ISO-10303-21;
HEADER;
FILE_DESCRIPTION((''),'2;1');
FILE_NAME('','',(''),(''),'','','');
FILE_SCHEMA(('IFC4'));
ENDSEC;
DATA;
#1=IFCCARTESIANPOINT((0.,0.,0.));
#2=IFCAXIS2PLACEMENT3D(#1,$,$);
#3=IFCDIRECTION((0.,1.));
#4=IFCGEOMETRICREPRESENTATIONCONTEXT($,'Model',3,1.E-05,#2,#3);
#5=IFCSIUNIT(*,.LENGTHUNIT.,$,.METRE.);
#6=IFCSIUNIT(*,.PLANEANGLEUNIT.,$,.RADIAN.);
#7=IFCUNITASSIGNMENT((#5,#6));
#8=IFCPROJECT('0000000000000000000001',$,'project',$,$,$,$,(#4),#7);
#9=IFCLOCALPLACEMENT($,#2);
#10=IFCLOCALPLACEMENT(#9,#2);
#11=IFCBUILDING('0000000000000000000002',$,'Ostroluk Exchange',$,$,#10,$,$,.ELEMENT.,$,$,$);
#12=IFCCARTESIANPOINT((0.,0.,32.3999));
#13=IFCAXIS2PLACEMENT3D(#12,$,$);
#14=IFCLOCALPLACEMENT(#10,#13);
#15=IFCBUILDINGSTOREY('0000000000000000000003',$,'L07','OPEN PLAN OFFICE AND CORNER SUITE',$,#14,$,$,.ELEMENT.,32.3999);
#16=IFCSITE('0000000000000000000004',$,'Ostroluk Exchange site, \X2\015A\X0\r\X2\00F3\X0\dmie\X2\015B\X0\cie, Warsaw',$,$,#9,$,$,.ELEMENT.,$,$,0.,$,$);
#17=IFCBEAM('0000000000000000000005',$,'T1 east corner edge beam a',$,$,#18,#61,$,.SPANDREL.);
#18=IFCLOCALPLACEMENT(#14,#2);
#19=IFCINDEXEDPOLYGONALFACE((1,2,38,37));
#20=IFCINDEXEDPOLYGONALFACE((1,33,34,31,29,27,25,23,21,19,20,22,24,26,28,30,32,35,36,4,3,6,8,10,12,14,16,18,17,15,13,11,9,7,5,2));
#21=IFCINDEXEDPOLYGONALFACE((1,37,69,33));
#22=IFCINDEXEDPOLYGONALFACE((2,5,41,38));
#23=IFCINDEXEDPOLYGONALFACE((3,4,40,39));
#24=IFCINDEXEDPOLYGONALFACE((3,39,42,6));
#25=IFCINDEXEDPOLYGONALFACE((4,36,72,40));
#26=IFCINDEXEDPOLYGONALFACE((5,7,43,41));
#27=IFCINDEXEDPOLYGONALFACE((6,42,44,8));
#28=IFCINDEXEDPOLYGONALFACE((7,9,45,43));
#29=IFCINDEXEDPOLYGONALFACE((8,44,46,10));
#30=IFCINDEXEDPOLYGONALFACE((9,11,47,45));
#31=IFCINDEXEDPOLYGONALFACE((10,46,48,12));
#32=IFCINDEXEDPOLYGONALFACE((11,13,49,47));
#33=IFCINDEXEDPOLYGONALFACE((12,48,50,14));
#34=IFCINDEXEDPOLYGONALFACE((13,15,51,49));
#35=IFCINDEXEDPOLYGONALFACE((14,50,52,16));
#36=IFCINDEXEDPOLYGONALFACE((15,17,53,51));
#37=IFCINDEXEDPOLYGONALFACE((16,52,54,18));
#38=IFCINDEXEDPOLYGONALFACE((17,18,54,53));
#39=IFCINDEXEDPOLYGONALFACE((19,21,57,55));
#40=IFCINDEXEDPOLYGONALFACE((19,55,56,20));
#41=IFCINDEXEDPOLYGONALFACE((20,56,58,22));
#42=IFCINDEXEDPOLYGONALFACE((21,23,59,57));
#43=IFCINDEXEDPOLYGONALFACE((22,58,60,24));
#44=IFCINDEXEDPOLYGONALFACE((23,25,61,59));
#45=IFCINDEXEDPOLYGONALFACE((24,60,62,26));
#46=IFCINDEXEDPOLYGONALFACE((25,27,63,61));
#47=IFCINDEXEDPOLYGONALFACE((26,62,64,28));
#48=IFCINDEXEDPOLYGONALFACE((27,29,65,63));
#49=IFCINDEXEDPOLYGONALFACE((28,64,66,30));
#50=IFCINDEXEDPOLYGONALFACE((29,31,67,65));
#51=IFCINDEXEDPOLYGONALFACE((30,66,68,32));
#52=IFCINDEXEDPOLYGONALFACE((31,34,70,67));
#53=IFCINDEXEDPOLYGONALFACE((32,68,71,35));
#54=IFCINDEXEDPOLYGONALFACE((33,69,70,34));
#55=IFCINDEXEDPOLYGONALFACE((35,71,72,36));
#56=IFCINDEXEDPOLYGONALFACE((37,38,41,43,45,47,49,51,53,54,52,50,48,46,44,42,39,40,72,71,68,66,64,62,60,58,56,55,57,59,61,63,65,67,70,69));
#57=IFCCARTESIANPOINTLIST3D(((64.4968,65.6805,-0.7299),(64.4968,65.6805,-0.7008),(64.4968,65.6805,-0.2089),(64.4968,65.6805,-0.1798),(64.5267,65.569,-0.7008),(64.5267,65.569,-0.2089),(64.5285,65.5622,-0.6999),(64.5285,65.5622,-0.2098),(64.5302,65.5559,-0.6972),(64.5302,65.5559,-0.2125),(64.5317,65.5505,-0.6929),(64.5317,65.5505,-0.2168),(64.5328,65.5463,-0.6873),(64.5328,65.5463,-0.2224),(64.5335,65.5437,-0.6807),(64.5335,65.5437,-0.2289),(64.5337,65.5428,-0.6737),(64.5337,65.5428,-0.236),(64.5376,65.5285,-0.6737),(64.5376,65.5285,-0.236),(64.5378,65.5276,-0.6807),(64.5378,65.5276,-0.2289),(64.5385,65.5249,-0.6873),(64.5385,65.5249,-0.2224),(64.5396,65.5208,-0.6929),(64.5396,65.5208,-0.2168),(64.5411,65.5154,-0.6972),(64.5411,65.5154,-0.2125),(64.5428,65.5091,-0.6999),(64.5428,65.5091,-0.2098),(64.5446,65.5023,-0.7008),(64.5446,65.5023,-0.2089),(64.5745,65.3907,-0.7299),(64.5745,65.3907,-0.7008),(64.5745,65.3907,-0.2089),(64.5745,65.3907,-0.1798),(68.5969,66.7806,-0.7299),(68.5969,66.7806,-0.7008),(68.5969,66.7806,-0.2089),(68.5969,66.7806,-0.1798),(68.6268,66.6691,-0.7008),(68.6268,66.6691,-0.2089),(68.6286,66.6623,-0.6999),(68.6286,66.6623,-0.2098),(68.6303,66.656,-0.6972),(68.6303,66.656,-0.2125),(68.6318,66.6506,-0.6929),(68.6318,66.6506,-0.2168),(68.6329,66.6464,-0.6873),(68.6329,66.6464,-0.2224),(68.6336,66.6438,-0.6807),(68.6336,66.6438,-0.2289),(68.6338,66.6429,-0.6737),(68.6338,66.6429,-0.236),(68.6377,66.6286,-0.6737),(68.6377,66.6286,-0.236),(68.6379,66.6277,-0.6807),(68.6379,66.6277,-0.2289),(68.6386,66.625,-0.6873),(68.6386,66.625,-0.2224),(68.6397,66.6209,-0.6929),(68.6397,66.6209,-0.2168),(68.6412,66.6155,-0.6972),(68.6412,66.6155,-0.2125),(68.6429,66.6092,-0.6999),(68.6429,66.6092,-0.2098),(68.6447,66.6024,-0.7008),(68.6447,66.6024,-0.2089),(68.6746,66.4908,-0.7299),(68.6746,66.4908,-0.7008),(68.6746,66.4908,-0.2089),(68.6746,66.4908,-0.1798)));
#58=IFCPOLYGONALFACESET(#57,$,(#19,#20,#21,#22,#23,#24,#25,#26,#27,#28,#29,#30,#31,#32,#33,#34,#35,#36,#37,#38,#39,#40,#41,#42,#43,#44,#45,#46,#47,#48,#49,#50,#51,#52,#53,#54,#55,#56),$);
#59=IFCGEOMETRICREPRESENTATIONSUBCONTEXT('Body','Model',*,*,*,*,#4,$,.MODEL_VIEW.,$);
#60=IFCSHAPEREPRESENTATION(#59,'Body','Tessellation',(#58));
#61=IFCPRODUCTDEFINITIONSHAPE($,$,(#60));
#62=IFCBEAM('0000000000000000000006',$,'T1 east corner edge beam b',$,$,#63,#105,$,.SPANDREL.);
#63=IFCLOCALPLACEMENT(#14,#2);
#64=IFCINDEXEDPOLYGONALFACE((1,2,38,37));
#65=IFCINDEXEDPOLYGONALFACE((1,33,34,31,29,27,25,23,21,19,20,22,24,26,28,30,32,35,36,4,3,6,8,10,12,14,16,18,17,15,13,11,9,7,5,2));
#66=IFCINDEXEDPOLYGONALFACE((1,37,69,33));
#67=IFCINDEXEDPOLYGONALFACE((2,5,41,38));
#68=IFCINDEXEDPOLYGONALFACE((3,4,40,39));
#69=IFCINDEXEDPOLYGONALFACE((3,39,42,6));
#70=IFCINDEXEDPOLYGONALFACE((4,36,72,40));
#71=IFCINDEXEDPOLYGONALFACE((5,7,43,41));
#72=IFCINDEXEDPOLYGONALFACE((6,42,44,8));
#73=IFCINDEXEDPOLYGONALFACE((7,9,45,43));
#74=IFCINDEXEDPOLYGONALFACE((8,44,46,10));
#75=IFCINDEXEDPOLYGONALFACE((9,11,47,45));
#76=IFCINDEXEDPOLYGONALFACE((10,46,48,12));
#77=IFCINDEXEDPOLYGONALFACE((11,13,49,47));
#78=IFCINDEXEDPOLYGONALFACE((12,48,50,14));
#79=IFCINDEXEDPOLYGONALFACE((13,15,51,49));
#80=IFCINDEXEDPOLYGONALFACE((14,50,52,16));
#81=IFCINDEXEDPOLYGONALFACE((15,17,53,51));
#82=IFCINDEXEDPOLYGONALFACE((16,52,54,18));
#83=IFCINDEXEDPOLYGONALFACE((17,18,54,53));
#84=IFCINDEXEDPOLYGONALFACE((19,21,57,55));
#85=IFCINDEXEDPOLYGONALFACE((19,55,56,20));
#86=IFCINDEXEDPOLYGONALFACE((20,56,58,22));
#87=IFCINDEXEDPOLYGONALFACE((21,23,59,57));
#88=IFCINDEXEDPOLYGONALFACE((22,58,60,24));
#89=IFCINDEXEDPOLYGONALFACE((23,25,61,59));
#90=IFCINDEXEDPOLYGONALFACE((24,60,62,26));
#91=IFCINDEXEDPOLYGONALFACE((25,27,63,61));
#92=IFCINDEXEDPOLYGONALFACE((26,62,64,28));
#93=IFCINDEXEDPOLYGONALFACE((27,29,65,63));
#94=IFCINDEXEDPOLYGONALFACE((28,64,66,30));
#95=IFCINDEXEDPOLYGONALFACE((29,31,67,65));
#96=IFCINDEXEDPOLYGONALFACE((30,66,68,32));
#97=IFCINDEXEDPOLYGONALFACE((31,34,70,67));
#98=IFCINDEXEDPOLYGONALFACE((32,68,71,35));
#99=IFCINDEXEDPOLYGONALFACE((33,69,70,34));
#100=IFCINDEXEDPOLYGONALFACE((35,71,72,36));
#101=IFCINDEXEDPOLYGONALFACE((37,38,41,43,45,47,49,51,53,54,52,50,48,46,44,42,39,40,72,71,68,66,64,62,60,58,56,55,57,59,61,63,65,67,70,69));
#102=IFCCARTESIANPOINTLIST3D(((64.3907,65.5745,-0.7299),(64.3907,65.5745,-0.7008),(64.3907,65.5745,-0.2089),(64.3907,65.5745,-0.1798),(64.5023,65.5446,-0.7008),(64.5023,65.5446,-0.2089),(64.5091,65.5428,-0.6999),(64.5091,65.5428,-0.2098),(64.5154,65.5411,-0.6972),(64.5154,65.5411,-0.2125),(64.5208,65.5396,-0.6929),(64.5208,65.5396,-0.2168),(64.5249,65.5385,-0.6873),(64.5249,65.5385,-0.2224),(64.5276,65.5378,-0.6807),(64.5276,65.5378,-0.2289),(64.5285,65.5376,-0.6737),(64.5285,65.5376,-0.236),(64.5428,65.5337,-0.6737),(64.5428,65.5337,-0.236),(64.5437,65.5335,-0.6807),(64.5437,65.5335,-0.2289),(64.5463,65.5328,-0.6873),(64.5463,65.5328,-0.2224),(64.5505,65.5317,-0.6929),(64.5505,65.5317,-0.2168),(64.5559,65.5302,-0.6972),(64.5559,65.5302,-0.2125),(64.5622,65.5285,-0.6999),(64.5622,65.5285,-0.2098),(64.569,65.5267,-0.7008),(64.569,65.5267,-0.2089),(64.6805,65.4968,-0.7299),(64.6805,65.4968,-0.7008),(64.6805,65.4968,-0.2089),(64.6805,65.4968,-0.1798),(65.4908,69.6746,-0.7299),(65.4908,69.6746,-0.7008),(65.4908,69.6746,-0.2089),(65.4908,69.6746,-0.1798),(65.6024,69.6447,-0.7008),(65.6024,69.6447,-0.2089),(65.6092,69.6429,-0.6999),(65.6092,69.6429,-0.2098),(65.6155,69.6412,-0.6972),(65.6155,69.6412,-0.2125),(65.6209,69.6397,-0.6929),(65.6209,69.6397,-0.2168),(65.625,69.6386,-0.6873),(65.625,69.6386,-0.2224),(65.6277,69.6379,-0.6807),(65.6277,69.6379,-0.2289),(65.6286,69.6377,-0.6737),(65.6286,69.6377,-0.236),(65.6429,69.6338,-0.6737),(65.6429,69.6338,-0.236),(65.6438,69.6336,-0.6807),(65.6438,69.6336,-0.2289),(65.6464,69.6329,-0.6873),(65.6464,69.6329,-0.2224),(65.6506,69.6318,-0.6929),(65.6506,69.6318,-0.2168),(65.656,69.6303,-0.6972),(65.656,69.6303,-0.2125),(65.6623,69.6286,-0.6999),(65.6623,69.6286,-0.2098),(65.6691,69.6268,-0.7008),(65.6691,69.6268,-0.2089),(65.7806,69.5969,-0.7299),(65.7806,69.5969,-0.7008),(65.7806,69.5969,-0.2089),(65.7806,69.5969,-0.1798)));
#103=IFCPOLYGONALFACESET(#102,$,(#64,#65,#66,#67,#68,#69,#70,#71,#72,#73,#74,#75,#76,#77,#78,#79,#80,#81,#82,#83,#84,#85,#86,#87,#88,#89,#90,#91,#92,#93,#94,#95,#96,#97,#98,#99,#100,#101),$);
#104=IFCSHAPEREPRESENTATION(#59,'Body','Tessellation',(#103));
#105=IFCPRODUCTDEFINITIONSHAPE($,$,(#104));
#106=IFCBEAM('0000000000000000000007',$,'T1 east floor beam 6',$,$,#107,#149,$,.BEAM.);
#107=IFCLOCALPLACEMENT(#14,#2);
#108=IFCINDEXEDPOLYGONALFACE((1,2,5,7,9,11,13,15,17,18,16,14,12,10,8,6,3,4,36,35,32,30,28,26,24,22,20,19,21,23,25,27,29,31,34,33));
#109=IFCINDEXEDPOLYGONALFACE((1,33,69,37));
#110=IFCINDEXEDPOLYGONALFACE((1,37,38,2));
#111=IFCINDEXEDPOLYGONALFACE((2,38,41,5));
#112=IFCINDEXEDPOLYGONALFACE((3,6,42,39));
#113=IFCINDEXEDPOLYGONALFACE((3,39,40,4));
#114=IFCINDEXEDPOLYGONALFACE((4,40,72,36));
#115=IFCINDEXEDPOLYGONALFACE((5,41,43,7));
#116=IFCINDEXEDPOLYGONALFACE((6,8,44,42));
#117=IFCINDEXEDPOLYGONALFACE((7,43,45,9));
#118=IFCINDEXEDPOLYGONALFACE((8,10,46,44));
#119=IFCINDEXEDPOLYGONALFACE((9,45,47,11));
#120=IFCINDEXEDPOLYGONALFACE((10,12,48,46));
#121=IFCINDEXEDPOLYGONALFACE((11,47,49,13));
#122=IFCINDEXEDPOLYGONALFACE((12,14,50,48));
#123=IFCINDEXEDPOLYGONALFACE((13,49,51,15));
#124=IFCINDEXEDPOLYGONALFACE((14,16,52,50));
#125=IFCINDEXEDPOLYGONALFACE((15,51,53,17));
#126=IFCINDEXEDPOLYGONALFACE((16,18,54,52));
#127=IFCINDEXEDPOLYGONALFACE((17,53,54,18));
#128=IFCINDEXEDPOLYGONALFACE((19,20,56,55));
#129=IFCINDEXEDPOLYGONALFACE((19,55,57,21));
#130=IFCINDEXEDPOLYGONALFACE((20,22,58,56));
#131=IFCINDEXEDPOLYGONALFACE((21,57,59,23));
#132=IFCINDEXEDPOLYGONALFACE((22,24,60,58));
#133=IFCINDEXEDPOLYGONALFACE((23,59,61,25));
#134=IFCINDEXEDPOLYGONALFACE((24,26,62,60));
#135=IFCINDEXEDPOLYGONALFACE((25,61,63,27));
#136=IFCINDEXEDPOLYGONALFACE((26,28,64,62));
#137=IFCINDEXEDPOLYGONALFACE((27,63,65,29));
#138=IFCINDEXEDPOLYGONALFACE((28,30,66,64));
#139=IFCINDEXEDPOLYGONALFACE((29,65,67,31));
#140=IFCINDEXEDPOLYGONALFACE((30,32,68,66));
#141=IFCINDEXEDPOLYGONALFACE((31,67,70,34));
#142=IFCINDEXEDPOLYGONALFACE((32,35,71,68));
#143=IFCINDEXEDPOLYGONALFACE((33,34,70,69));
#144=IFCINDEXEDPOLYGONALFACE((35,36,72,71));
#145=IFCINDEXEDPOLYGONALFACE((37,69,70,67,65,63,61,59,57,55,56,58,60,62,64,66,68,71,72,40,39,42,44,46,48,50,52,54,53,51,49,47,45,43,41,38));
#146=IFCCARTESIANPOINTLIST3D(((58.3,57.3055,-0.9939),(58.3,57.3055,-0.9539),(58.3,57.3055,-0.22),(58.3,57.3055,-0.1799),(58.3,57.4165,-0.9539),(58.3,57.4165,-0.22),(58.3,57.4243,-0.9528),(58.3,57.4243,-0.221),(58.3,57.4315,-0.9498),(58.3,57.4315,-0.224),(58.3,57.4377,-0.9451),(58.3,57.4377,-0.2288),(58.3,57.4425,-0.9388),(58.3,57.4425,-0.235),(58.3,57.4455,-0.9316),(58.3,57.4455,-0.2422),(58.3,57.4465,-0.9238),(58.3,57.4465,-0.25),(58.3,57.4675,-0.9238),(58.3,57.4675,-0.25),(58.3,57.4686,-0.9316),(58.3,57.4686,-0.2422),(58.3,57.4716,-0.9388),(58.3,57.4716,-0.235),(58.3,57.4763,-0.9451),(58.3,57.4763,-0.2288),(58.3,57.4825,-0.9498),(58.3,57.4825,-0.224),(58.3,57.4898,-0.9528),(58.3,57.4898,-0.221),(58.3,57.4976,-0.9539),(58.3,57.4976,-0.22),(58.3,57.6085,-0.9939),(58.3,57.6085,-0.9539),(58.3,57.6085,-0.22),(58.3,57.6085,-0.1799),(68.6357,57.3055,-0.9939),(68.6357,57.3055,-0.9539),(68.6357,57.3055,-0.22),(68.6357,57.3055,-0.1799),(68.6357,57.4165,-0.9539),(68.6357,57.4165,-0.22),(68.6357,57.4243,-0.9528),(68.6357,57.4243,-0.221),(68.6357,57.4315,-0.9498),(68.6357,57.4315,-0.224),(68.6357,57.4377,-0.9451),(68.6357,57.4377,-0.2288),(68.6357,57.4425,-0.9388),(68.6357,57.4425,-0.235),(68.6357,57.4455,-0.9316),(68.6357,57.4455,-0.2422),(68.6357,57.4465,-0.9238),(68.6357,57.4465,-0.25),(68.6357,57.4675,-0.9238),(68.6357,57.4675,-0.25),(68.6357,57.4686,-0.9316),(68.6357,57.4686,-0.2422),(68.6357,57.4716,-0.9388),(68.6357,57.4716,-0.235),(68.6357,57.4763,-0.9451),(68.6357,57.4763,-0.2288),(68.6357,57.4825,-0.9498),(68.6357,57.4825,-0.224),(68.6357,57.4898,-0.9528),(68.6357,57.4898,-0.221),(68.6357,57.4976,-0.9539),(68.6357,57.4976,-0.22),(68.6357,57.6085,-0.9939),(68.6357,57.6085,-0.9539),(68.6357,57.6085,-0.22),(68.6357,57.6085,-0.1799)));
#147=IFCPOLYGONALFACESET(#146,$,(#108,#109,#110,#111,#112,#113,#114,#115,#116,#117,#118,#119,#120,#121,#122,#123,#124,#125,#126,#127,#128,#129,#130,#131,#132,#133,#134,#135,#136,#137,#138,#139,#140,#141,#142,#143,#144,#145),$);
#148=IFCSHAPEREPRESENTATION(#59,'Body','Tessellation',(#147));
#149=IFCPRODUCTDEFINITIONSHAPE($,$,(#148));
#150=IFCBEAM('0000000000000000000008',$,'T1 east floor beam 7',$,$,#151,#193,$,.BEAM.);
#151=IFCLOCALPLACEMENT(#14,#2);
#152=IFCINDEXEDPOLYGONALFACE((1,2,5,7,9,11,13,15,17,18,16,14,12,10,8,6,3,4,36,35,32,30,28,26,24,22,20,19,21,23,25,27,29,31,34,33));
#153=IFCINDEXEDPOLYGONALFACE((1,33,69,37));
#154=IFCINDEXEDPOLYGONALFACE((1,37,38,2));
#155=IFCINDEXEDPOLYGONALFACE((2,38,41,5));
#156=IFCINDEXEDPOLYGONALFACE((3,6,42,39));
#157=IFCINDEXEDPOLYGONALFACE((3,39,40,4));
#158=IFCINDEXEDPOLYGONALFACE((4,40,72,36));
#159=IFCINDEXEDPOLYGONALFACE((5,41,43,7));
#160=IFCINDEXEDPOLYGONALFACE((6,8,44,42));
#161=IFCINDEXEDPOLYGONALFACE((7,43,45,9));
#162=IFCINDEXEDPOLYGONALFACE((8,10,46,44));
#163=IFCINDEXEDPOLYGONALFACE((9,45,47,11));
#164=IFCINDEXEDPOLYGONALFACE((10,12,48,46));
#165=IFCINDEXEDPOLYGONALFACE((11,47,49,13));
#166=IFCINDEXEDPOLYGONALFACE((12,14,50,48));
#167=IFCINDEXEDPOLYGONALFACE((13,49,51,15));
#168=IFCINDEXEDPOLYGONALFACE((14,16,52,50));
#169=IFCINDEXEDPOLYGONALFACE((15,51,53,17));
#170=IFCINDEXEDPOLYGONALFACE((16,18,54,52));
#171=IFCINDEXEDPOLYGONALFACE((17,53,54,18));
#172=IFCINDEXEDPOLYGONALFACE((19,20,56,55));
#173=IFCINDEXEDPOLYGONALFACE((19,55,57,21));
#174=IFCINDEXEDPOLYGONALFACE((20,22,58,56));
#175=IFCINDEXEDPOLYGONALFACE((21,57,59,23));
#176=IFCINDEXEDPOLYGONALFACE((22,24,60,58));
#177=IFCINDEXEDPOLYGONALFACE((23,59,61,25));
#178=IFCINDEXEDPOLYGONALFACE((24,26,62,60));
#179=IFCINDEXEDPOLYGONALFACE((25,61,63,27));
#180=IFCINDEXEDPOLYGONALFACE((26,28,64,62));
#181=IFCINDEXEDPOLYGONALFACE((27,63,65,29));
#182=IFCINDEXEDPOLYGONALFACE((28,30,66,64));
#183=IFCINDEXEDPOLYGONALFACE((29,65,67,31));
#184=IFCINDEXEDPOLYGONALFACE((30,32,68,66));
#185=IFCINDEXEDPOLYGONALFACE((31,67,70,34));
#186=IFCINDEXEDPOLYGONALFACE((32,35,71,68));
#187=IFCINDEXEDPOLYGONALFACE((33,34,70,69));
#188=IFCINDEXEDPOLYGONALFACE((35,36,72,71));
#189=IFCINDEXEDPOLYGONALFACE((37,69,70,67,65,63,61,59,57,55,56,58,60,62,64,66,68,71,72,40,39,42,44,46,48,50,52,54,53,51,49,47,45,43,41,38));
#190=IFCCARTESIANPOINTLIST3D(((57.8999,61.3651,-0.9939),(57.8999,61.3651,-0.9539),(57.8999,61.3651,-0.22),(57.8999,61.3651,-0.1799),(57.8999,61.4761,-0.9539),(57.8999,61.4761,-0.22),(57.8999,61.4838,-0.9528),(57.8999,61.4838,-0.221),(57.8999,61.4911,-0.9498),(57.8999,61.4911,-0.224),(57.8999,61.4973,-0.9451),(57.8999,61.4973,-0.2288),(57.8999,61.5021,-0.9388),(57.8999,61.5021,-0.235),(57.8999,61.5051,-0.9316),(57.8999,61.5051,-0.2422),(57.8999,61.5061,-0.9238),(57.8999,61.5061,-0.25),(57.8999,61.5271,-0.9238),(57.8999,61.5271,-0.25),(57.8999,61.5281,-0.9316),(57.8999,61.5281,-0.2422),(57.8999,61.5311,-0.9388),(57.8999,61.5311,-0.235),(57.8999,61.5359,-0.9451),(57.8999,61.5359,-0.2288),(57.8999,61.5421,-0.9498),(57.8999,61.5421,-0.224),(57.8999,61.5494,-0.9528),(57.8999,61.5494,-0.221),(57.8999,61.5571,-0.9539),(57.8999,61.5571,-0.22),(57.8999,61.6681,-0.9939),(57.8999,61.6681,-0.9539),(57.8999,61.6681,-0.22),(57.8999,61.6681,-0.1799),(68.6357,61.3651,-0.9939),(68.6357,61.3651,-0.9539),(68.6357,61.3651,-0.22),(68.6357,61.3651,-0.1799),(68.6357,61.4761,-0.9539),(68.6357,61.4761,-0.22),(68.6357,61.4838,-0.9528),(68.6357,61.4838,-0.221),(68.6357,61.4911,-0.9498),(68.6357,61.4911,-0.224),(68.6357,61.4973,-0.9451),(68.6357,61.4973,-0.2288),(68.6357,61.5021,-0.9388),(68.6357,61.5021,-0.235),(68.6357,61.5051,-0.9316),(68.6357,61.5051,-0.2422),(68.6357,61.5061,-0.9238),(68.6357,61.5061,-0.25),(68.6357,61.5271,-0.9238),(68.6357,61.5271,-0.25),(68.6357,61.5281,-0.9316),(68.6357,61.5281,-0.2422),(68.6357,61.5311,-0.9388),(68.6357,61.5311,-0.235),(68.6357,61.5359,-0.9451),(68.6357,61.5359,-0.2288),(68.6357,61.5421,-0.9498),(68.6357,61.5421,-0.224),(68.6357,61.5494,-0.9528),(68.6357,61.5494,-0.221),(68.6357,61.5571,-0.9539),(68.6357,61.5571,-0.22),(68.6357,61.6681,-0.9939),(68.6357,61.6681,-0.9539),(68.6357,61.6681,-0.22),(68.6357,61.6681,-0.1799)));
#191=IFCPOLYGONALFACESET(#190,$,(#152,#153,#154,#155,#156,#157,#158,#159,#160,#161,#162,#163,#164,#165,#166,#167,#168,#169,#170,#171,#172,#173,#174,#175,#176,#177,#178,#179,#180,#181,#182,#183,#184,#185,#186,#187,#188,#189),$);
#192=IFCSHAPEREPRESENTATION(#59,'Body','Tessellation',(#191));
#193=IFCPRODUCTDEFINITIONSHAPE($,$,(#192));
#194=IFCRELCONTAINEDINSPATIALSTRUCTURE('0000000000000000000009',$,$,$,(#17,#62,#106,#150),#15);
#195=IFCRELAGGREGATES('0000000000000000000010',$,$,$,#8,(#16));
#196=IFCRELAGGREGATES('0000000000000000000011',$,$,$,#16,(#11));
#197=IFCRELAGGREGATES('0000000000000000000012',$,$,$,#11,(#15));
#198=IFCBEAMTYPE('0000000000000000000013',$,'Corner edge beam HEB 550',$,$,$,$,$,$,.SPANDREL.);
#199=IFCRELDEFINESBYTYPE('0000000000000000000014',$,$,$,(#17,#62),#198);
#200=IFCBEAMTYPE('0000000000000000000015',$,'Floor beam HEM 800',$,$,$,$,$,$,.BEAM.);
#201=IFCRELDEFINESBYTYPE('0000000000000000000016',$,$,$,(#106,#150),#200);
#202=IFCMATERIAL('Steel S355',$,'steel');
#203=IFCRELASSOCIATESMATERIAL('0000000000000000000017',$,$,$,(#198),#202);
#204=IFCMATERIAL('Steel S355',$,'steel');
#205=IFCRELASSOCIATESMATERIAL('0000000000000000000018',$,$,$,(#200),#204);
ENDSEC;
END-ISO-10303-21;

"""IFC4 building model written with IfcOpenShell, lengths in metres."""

from ifc_helpers import new_model, si_unit, direction, frame, origin, origin_2d, place, context, subcontext, project, spatial, i_section, extrude, material, material_profile, profile_set, type_object, element, save


model = new_model("IFC4")

# Units and contexts
model_context = context("Model", 3, precision=1e-05, world=origin(), true_north=direction((0.0, 1.0)))
body_context = subcontext(model_context, "Body", "Model", "MODEL_VIEW")
ifc_project = project(units=[si_unit("LENGTHUNIT", "METRE"), si_unit("PLANEANGLEUNIT", "RADIAN")], contexts=[model_context])

# Site, building, storey
site_placement = place(None, origin())
site = spatial("IfcSite", under=ifc_project, at=site_placement, Name="Ostroluk Exchange site, Śródmieście, Warsaw", CompositionType="ELEMENT", RefElevation=0.0)
building_placement = place(site_placement, origin())
building = spatial("IfcBuilding", under=site, at=building_placement, Name="Ostroluk Exchange", CompositionType="ELEMENT")
storey_placement = place(building_placement, frame((0.0, 0.0, 32.3999)))
storey = spatial("IfcBuildingStorey", under=building, at=storey_placement, Name="L07", Description="OPEN PLAN OFFICE AND CORNER SUITE", CompositionType="ELEMENT", Elevation=32.3999)

# Beams
ifc_material_1 = material(Name="Steel S355", Category="steel")
ifc_material_profile_1 = material_profile(ifc_material_1, i_section(OverallWidth=0.3, OverallDepth=0.55, WebThickness=0.0149, FlangeThickness=0.0291, FilletRadius=0.0271, at=origin_2d()), Name="HEB 550")
ifc_profile_set_1 = profile_set([ifc_material_profile_1], Name="Steel S355")
beam_type_1 = type_object("IfcBeamType", Name="Corner edge beam HEB 550", PredefinedType="SPANDREL", material=ifc_profile_set_1)
for number, where, z_axis, x_axis, name in (
    (1, (64.5356, 65.5356, -0.4548), (0.965839, 0.259144, 0.0), (-0.259144, 0.965839, 0.0), "T1 east corner edge beam a"),
    (2, (64.5356, 65.5356, -0.4548), (0.259144, 0.965839, 0.0), (-0.965839, 0.259144, 0.0), "T1 east corner edge beam b"),
):
    element("IfcBeam", number, at=place(storey_placement, frame(where, z_axis=z_axis, x_axis=x_axis)), inside=storey, type_object=beam_type_1, Name=name, PredefinedType="SPANDREL", context=body_context, shape_type="SweptSolid", body=[
        extrude(i_section(OverallWidth=0.3, OverallDepth=0.55, WebThickness=0.0149, FlangeThickness=0.0291, FilletRadius=0.0271, at=origin_2d()), origin(), (0.0, 0.0, 1.0), 4.2451),
    ])
ifc_material_2 = material(Name="Steel S355", Category="steel")
ifc_material_profile_2 = material_profile(ifc_material_2, i_section(OverallWidth=0.303, OverallDepth=0.814, WebThickness=0.021, FlangeThickness=0.04, FilletRadius=0.03, at=origin_2d()), Name="HEM 800")
ifc_profile_set_2 = profile_set([ifc_material_profile_2], Name="Steel S355")
beam_type_2 = type_object("IfcBeamType", Name="Floor beam HEM 800", PredefinedType="BEAM", material=ifc_profile_set_2)
beam_1_placement = place(storey_placement, frame((58.3, 57.457, -0.5869), z_axis=(1.0, 0.0, 0.0), x_axis=(0.0, 1.0, 0.0)))
element("IfcBeam", 3, at=beam_1_placement, inside=storey, type_object=beam_type_2, Name="T1 east floor beam 6", PredefinedType="BEAM", context=body_context, shape_type="SweptSolid", body=[
    extrude(i_section(OverallWidth=0.303, OverallDepth=0.814, WebThickness=0.021, FlangeThickness=0.04, FilletRadius=0.03, at=origin_2d()), origin(), (0.0, 0.0, 1.0), 10.3357),
])
beam_2_placement = place(storey_placement, frame((57.8999, 61.5166, -0.5869), z_axis=(1.0, 0.0, 0.0), x_axis=(0.0, 1.0, 0.0)))
element("IfcBeam", 4, at=beam_2_placement, inside=storey, type_object=beam_type_2, Name="T1 east floor beam 7", PredefinedType="BEAM", context=body_context, shape_type="SweptSolid", body=[
    extrude(i_section(OverallWidth=0.303, OverallDepth=0.814, WebThickness=0.021, FlangeThickness=0.04, FilletRadius=0.03, at=origin_2d()), origin(), (0.0, 0.0, 1.0), 10.7358),
])

save(model, "model.ifc")
